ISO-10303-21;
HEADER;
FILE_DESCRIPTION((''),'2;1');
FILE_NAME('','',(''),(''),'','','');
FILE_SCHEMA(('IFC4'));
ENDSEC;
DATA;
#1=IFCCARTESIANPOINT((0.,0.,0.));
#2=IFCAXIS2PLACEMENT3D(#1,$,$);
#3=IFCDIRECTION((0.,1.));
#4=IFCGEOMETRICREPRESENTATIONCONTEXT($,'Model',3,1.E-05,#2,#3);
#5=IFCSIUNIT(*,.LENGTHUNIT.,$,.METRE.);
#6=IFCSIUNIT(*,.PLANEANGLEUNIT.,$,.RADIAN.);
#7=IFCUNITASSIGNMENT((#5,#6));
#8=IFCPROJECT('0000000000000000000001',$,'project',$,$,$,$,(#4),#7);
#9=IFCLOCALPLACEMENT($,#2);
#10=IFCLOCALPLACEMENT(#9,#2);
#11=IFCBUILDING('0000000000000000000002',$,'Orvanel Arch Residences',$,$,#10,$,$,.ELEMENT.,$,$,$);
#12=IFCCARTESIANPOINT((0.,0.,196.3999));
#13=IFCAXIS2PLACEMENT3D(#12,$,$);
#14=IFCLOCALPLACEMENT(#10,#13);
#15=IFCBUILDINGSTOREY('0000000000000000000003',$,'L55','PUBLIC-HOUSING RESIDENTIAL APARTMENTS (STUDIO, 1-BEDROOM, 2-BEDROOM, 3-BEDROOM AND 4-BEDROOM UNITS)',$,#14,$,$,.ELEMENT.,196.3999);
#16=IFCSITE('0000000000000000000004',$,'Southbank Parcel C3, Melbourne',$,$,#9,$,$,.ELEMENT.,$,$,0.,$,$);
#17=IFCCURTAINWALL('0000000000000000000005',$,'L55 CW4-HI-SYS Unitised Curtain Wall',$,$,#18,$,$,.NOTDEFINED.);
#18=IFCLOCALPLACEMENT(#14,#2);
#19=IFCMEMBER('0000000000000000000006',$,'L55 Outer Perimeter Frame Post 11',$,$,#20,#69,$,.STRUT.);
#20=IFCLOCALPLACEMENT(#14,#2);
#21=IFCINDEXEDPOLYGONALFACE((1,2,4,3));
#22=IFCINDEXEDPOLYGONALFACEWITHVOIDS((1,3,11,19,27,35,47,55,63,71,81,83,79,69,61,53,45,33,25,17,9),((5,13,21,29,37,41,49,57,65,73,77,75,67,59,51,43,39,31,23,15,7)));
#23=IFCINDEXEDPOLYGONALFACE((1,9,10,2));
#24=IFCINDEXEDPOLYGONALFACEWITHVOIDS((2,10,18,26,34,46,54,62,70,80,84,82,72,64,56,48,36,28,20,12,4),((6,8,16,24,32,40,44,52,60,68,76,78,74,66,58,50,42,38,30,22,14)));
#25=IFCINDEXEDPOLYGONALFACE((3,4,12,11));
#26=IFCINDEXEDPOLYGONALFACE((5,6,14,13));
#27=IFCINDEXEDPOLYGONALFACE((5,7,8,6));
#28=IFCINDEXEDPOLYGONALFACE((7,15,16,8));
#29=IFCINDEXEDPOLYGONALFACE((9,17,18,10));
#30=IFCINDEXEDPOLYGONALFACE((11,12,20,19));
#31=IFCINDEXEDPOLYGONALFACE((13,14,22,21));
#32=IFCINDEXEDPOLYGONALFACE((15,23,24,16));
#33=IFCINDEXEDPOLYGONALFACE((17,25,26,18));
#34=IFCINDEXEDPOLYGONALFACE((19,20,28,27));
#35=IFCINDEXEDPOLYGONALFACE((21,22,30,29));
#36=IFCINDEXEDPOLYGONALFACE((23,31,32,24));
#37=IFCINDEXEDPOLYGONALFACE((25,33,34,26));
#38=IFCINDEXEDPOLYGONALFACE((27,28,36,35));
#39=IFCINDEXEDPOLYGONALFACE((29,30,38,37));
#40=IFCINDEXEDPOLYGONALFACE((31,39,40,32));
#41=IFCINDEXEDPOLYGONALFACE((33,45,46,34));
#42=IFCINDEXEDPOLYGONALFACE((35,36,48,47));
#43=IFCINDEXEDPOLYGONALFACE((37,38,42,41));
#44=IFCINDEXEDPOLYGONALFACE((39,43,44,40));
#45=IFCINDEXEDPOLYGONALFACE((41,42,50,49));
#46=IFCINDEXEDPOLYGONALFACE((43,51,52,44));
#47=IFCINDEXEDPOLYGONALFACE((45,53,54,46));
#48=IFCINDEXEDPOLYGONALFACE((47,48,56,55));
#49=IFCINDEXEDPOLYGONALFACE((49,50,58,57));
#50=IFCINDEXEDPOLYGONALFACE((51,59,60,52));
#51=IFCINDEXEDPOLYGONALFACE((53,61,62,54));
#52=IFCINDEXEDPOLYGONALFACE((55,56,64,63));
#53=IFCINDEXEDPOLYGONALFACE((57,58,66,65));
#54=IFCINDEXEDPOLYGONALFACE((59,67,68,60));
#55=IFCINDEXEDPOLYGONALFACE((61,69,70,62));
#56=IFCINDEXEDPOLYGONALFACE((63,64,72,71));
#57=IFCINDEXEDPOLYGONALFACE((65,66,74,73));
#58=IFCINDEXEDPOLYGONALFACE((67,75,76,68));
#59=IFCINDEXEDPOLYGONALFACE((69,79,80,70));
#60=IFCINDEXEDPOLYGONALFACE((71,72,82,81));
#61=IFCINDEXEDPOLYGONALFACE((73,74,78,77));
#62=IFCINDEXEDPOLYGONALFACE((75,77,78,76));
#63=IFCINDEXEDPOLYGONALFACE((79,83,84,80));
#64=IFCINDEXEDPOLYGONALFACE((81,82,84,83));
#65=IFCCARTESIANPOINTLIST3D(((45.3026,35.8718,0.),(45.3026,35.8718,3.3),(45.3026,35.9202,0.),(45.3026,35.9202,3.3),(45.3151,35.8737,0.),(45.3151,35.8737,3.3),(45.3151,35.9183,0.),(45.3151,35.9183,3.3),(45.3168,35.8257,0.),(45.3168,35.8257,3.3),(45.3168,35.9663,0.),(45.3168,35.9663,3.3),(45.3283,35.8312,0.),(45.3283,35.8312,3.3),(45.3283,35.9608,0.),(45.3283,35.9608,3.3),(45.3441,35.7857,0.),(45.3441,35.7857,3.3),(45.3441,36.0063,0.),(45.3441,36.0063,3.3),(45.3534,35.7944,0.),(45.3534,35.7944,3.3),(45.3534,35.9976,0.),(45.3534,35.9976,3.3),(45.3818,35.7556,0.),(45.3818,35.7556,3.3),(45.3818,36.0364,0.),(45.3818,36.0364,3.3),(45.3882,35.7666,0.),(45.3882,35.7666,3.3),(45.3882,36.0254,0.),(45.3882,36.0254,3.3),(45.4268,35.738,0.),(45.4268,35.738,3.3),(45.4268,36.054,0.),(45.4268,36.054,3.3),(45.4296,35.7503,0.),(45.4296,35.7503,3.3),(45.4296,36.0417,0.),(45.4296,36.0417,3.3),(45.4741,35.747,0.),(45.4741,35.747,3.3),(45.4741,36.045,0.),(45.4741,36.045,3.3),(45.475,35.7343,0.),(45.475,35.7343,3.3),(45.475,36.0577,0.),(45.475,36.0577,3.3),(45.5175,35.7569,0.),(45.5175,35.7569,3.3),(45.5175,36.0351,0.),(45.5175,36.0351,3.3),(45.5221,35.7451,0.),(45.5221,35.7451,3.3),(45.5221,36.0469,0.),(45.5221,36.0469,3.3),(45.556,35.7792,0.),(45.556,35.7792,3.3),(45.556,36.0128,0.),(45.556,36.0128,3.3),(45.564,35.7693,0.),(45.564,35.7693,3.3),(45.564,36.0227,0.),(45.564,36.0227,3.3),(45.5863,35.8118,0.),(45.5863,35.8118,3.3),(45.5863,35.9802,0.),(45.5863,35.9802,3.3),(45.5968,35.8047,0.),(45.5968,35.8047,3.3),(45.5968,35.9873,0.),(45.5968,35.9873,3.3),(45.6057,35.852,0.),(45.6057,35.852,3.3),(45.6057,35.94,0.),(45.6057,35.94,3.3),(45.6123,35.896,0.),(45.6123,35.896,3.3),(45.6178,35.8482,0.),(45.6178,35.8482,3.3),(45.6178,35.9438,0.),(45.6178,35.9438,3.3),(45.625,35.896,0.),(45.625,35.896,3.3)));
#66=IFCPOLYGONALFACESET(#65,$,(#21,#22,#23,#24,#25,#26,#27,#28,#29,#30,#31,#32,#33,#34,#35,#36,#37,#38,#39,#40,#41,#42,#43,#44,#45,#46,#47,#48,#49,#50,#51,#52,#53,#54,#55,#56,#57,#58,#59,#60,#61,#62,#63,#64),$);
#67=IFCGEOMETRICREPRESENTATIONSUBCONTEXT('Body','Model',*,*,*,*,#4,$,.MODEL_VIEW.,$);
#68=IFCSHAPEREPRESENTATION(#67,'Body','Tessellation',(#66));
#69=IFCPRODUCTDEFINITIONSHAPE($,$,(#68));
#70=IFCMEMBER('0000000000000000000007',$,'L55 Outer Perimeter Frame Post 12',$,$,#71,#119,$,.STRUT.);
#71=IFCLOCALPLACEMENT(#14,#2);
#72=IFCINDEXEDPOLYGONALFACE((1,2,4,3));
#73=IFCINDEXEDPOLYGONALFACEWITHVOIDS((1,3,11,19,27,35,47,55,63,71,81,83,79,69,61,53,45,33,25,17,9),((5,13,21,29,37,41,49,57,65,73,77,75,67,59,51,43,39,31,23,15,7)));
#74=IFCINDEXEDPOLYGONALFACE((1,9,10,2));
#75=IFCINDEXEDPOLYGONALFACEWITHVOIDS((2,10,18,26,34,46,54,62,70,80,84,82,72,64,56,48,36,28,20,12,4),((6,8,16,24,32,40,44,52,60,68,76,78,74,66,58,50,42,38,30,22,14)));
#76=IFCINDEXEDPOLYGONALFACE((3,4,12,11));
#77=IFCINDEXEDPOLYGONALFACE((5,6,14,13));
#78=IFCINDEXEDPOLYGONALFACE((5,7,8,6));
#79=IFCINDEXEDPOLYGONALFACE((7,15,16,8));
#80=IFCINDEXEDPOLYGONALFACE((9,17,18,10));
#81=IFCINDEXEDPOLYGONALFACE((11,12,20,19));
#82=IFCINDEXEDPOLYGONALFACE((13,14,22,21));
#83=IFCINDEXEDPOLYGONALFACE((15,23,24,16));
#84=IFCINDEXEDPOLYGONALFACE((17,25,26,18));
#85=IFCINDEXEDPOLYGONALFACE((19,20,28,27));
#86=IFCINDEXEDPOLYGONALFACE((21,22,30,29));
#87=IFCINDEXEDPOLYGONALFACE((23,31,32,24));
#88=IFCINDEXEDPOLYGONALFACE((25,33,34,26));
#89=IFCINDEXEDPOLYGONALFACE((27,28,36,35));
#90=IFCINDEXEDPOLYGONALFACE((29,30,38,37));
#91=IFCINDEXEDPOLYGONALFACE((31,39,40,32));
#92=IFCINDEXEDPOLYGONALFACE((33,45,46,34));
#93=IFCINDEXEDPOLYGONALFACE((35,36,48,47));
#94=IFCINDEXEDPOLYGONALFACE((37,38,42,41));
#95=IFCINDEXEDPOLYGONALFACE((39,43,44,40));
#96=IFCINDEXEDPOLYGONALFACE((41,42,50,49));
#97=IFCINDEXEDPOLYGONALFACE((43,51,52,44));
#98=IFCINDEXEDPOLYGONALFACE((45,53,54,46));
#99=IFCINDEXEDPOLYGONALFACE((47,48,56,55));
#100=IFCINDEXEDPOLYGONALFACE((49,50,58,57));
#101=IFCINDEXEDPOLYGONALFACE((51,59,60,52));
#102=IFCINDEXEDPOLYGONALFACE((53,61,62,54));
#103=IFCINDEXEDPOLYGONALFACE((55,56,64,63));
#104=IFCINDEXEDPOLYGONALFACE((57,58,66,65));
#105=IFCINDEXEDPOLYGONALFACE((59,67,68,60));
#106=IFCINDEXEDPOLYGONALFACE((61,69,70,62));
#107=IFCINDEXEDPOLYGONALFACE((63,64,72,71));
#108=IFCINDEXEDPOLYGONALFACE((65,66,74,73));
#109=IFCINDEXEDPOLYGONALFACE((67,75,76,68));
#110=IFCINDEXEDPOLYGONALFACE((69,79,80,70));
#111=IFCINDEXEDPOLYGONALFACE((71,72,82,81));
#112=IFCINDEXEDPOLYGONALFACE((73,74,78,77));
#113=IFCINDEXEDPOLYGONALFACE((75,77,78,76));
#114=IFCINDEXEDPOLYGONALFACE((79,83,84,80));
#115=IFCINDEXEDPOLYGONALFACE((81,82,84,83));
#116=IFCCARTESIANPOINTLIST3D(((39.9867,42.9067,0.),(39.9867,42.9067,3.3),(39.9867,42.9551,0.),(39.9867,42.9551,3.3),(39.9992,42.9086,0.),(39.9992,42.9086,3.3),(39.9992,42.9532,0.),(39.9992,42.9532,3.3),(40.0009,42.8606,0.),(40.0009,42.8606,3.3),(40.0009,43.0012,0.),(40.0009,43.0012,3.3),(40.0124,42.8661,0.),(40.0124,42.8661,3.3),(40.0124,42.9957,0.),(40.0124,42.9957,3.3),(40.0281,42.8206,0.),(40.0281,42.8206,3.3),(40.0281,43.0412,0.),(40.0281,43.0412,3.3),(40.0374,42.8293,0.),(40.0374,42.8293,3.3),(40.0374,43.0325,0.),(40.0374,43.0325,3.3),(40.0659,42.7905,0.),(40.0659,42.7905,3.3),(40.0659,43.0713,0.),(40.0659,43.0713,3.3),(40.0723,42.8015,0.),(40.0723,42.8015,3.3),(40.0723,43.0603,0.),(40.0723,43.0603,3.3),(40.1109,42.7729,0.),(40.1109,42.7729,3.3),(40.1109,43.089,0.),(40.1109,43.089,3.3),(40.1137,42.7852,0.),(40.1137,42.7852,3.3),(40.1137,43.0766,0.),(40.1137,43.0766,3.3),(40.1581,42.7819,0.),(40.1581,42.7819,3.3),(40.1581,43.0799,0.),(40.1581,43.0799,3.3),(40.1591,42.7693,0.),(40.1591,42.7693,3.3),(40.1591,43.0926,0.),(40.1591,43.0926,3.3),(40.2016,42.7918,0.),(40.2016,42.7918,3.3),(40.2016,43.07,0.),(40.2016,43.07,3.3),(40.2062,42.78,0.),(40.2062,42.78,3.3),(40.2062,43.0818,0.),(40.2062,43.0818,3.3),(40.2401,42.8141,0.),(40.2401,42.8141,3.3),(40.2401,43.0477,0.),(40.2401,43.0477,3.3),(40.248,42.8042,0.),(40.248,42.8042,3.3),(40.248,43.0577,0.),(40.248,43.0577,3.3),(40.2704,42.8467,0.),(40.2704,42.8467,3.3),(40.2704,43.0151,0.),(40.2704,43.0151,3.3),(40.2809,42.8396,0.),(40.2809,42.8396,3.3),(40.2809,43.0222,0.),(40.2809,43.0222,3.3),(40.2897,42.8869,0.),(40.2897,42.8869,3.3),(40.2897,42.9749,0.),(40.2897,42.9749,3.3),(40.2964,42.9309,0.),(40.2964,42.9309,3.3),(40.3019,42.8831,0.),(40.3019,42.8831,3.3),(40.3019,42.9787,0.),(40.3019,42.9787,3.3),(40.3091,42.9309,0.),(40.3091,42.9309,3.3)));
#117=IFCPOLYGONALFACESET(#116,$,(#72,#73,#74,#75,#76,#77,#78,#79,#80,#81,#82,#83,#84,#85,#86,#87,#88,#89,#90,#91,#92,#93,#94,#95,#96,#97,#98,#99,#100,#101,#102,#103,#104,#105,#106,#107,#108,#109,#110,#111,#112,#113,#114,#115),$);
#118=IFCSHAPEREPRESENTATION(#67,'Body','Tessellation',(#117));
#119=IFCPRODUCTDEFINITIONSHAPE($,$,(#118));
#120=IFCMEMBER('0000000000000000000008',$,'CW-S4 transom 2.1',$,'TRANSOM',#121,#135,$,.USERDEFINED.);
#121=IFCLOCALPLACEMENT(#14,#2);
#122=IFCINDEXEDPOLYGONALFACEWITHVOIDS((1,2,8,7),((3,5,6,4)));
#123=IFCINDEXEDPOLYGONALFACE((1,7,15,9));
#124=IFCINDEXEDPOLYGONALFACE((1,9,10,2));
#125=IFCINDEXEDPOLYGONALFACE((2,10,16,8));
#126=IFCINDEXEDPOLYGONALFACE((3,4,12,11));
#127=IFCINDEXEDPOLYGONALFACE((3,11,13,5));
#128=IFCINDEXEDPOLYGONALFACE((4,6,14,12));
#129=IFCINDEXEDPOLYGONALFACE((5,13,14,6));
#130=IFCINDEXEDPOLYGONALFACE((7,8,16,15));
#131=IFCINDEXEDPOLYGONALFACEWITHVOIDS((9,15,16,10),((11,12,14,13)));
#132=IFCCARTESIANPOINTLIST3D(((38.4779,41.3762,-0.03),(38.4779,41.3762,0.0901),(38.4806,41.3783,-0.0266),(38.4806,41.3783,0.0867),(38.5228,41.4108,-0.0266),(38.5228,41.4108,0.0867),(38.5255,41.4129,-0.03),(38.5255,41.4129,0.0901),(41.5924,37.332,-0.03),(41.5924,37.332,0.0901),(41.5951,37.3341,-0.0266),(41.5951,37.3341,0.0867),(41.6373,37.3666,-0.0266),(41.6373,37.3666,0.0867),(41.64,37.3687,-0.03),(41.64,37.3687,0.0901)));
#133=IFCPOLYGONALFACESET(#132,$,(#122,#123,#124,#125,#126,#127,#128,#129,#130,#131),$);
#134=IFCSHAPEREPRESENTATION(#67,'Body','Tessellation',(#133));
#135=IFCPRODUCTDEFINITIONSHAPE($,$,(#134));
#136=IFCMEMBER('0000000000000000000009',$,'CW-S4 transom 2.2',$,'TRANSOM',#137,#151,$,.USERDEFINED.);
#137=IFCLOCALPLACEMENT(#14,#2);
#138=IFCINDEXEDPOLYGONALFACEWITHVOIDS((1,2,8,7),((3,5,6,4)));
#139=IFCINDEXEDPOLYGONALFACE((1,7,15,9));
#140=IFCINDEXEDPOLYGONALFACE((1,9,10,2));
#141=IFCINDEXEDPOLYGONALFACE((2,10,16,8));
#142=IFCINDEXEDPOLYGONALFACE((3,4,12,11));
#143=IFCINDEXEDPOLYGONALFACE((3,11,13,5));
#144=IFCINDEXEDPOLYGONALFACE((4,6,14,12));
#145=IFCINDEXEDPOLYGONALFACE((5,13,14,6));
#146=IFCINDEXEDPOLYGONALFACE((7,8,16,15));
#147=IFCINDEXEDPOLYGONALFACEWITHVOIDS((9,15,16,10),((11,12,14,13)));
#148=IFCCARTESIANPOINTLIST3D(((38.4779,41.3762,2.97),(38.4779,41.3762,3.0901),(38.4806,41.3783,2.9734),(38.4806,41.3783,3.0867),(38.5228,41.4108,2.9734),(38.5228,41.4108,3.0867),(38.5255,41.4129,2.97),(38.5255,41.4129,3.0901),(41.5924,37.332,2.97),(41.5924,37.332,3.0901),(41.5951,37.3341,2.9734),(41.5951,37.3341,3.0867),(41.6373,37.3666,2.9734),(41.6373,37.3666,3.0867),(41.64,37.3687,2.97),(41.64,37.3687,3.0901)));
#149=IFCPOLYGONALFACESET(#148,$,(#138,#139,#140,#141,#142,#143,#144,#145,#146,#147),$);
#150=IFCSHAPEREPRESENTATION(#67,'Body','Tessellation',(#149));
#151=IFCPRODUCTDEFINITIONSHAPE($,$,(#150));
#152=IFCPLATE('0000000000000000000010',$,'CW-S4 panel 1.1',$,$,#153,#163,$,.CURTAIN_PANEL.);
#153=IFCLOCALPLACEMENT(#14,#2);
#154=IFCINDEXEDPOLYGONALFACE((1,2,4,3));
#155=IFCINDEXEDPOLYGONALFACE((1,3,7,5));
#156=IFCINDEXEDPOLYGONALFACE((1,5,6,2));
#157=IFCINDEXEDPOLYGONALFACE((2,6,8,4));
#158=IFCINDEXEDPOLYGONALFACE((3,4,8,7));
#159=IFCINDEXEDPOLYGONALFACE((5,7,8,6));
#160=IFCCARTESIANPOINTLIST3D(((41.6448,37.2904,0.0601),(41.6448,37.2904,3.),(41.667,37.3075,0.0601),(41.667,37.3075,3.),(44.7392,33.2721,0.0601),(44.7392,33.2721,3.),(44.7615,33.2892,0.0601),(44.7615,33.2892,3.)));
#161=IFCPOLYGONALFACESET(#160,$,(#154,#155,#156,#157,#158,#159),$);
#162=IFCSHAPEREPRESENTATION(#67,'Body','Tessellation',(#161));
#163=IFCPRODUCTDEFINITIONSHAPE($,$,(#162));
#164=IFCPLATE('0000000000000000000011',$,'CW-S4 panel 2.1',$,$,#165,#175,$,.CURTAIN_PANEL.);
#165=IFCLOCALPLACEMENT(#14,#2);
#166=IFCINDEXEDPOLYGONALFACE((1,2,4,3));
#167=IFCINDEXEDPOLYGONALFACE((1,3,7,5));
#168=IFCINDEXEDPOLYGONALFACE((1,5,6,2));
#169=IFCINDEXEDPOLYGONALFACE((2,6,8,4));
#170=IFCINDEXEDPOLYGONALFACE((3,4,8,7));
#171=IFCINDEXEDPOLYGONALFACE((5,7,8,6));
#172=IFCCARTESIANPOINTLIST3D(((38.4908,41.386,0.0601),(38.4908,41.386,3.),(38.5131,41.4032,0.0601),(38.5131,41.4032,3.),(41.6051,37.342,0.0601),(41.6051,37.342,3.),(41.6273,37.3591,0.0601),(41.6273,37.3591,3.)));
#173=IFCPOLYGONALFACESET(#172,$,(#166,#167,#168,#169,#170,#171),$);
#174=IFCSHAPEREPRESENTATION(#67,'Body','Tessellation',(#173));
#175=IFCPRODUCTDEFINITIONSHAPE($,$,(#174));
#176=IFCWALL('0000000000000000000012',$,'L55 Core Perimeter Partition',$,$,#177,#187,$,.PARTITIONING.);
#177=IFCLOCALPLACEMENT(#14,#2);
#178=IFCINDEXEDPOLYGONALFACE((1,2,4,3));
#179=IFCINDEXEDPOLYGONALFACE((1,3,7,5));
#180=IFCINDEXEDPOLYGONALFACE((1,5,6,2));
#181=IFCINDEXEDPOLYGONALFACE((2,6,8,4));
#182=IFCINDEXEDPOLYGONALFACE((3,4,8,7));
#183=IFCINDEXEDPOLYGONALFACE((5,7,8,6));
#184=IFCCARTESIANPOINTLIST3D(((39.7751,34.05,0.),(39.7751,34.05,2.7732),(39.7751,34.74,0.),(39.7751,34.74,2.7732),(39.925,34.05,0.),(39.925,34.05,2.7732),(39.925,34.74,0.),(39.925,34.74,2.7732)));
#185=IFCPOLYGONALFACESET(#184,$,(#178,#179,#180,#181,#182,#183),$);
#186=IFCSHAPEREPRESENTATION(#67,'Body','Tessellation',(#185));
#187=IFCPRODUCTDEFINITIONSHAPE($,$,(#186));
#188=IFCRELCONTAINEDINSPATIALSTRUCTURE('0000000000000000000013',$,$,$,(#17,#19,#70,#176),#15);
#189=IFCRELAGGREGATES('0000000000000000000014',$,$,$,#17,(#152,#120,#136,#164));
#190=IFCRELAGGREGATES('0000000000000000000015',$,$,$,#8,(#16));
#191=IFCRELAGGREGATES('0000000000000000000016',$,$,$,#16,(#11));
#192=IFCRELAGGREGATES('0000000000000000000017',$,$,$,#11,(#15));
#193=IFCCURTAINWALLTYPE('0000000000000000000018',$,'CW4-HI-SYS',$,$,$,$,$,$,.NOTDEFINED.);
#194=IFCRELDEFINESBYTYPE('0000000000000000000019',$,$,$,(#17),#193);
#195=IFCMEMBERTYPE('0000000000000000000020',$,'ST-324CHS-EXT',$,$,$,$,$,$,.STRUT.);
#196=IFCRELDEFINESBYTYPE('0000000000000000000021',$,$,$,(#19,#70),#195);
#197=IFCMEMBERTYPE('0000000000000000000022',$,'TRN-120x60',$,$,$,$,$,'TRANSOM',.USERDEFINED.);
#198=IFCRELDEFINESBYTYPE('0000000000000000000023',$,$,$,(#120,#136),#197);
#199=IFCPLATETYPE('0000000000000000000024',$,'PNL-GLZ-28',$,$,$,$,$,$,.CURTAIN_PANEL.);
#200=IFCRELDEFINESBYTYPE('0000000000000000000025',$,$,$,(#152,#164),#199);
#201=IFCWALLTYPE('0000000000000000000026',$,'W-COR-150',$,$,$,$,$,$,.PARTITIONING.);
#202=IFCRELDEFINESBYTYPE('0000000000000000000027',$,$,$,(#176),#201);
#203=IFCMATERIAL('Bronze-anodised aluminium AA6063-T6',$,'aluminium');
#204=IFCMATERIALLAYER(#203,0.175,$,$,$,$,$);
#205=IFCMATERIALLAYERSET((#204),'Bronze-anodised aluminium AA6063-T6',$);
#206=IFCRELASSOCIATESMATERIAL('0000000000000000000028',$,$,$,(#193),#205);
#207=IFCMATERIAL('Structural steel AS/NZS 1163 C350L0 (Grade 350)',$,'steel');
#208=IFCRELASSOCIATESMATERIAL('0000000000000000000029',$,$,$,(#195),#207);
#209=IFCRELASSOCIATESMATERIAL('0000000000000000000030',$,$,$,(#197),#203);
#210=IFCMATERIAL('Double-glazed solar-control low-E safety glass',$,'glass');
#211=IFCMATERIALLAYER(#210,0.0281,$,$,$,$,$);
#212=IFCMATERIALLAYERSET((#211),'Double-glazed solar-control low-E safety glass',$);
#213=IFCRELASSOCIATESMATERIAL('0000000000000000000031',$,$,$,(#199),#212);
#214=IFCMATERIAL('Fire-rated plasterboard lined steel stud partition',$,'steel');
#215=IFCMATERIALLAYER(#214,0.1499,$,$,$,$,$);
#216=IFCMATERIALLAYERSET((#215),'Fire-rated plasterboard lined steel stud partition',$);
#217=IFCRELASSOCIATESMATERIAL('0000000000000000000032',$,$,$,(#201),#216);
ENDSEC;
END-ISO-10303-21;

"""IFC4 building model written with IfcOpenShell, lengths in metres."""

from ifc_helpers import new_model, si_unit, direction, frame, frame_2d, origin, origin_2d, place, context, subcontext, project, spatial, rectangle, hollow_rectangle, hollow_circle, extrude, material, layer, layer_set, material_profile, profile_set, type_object, element, aggregate, save


model = new_model("IFC4")

# Units and contexts
model_context = context("Model", 3, precision=1e-05, world=origin(), true_north=direction((0.0, 1.0)))
body_context = subcontext(model_context, "Body", "Model", "MODEL_VIEW")
ifc_project = project(units=[si_unit("LENGTHUNIT", "METRE"), si_unit("PLANEANGLEUNIT", "RADIAN")], contexts=[model_context])

# Site, building, storey
site_placement = place(None, origin())
site = spatial("IfcSite", under=ifc_project, at=site_placement, Name="Southbank Parcel C3, Melbourne", CompositionType="ELEMENT", RefElevation=0.0)
building_placement = place(site_placement, origin())
building = spatial("IfcBuilding", under=site, at=building_placement, Name="Orvanel Arch Residences", CompositionType="ELEMENT")
storey_placement = place(building_placement, frame((0.0, 0.0, 196.3999)))
storey = spatial("IfcBuildingStorey", under=building, at=storey_placement, Name="L55", Description="PUBLIC-HOUSING RESIDENTIAL APARTMENTS (STUDIO, 1-BEDROOM, 2-BEDROOM, 3-BEDROOM AND 4-BEDROOM UNITS)", CompositionType="ELEMENT", Elevation=196.3999)

# Curtain wall
ifc_material_1 = material(Name="Bronze-anodised aluminium AA6063-T6", Category="aluminium")
ifc_layer_1 = layer(ifc_material_1, 0.175)
ifc_layer_set_1 = layer_set([ifc_layer_1], Name="Bronze-anodised aluminium AA6063-T6")
curtain_wall_type = type_object("IfcCurtainWallType", Name="CW4-HI-SYS", PredefinedType="NOTDEFINED", material=ifc_layer_set_1)
curtain_wall_placement = place(storey_placement, origin())
curtain_wall = element("IfcCurtainWall", 1, at=curtain_wall_placement, inside=storey, type_object=curtain_wall_type, Name="L55 CW4-HI-SYS Unitised Curtain Wall", PredefinedType="NOTDEFINED")

# Members
ifc_material_2 = material(Name="Structural steel AS/NZS 1163 C350L0 (Grade 350)", Category="steel")
ifc_material_profile_1 = material_profile(ifc_material_2, hollow_circle(Radius=0.1621, WallThickness=0.0127, at=origin_2d()), Name="CHS324x12.7")
ifc_profile_set_1 = profile_set([ifc_material_profile_1], Name="Structural steel AS/NZS 1163 C350L0 (Grade 350)")
member_type_1 = type_object("IfcMemberType", Name="ST-324CHS-EXT", PredefinedType="STRUT", material=ifc_profile_set_1)
for number, where, z_axis, x_axis, name in (
    (2, (45.4629, 35.896, 0.0), (0.0, 0.0, 1.0), (1.0, 0.0, 0.0), "L55 Outer Perimeter Frame Post 11"),
    (3, (40.147, 42.9309, 0.0), (0.0, 0.0, 1.0), (1.0, 0.0, 0.0), "L55 Outer Perimeter Frame Post 12"),
):
    element("IfcMember", number, at=place(storey_placement, frame(where, z_axis=z_axis, x_axis=x_axis)), inside=storey, type_object=member_type_1, Name=name, PredefinedType="STRUT", context=body_context, shape_type="SweptSolid", body=[
        extrude(hollow_circle(Radius=0.1621, WallThickness=0.0127, at=origin_2d()), origin(), (0.0, 0.0, 1.0), 3.3),
    ])

# Members
ifc_material_profile_2 = material_profile(ifc_material_1, hollow_rectangle(XDim=0.0601, YDim=0.1201, WallThickness=0.0034, at=origin_2d()), Name="ALU120x60x3.5")
ifc_profile_set_2 = profile_set([ifc_material_profile_2], Name="Bronze-anodised aluminium AA6063-T6")
member_type_2 = type_object("IfcMemberType", Name="TRN-120x60", ElementType="TRANSOM", PredefinedType="USERDEFINED", material=ifc_profile_set_2)
member_1_placement = place(storey_placement, frame((41.6162, 37.3503, 0.03), z_axis=(-0.610152, 0.792284, 0.0), x_axis=(-0.792284, -0.610152, 0.0)))
member_1 = element("IfcMember", 4, at=member_1_placement, type_object=member_type_2, Name="CW-S4 transom 2.1", ObjectType="TRANSOM", PredefinedType="USERDEFINED", context=body_context, shape_type="SweptSolid", body=[
    extrude(hollow_rectangle(XDim=0.0601, YDim=0.1201, WallThickness=0.0034, at=origin_2d()), origin(), (0.0, 0.0, 1.0), 5.1045),
])
member_2_placement = place(storey_placement, frame((41.6162, 37.3503, 3.03), z_axis=(-0.610152, 0.792284, 0.0), x_axis=(-0.792284, -0.610152, 0.0)))
member_2 = element("IfcMember", 5, at=member_2_placement, type_object=member_type_2, Name="CW-S4 transom 2.2", ObjectType="TRANSOM", PredefinedType="USERDEFINED", context=body_context, shape_type="SweptSolid", body=[
    extrude(hollow_rectangle(XDim=0.0601, YDim=0.1201, WallThickness=0.0034, at=origin_2d()), origin(), (0.0, 0.0, 1.0), 5.1045),
])

# Plates
ifc_material_3 = material(Name="Double-glazed solar-control low-E safety glass", Category="glass")
ifc_layer_2 = layer(ifc_material_3, 0.0281)
ifc_layer_set_2 = layer_set([ifc_layer_2], Name="Double-glazed solar-control low-E safety glass")
plate_type = type_object("IfcPlateType", Name="PNL-GLZ-28", PredefinedType="CURTAIN_PANEL", material=ifc_layer_set_2)
plate_1_placement = place(storey_placement, frame((43.2031, 35.2898, 0.0601), z_axis=(0.0, 0.0, 1.0), x_axis=(-0.610134, 0.792298, 0.0)))
plate_1 = element("IfcPlate", 6, at=plate_1_placement, type_object=plate_type, Name="CW-S4 panel 1.1", PredefinedType="CURTAIN_PANEL", context=body_context, shape_type="SweptSolid", body=[
    extrude(rectangle(XDim=5.0718, YDim=0.0281, at=origin_2d()), origin(), (0.0, 0.0, 1.0), 2.9399),
])
plate_2_placement = place(storey_placement, frame((40.0591, 39.3726, 0.0601), z_axis=(0.0, 0.0, 1.0), x_axis=(-0.610134, 0.792298, 0.0)))
plate_2 = element("IfcPlate", 7, at=plate_2_placement, type_object=plate_type, Name="CW-S4 panel 2.1", PredefinedType="CURTAIN_PANEL", context=body_context, shape_type="SweptSolid", body=[
    extrude(rectangle(XDim=5.1042, YDim=0.0281, at=origin_2d()), origin(), (0.0, 0.0, 1.0), 2.9399),
])
aggregate(curtain_wall, [plate_1, member_1, member_2, plate_2])

# Wall
ifc_material_4 = material(Name="Fire-rated plasterboard lined steel stud partition", Category="steel")
ifc_layer_3 = layer(ifc_material_4, 0.1499)
ifc_layer_set_3 = layer_set([ifc_layer_3], Name="Fire-rated plasterboard lined steel stud partition")
wall_type_1 = type_object("IfcWallType", Name="W-COR-150", PredefinedType="PARTITIONING", material=ifc_layer_set_3)
wall_1_placement = place(storey_placement, frame((39.8501, 34.74, 0.0), z_axis=(0.0, 0.0, 1.0), x_axis=(0.0, -1.0, 0.0)))
element("IfcWall", 8, at=wall_1_placement, inside=storey, type_object=wall_type_1, Name="L55 Core Perimeter Partition", PredefinedType="PARTITIONING", context=body_context, shape_type="SweptSolid", body=[
    extrude(rectangle(XDim=0.6899, YDim=0.1499, at=frame_2d((0.345, 0.0))), origin(), (0.0, 0.0, 1.0), 2.7732),
])

save(model, "model.ifc")
